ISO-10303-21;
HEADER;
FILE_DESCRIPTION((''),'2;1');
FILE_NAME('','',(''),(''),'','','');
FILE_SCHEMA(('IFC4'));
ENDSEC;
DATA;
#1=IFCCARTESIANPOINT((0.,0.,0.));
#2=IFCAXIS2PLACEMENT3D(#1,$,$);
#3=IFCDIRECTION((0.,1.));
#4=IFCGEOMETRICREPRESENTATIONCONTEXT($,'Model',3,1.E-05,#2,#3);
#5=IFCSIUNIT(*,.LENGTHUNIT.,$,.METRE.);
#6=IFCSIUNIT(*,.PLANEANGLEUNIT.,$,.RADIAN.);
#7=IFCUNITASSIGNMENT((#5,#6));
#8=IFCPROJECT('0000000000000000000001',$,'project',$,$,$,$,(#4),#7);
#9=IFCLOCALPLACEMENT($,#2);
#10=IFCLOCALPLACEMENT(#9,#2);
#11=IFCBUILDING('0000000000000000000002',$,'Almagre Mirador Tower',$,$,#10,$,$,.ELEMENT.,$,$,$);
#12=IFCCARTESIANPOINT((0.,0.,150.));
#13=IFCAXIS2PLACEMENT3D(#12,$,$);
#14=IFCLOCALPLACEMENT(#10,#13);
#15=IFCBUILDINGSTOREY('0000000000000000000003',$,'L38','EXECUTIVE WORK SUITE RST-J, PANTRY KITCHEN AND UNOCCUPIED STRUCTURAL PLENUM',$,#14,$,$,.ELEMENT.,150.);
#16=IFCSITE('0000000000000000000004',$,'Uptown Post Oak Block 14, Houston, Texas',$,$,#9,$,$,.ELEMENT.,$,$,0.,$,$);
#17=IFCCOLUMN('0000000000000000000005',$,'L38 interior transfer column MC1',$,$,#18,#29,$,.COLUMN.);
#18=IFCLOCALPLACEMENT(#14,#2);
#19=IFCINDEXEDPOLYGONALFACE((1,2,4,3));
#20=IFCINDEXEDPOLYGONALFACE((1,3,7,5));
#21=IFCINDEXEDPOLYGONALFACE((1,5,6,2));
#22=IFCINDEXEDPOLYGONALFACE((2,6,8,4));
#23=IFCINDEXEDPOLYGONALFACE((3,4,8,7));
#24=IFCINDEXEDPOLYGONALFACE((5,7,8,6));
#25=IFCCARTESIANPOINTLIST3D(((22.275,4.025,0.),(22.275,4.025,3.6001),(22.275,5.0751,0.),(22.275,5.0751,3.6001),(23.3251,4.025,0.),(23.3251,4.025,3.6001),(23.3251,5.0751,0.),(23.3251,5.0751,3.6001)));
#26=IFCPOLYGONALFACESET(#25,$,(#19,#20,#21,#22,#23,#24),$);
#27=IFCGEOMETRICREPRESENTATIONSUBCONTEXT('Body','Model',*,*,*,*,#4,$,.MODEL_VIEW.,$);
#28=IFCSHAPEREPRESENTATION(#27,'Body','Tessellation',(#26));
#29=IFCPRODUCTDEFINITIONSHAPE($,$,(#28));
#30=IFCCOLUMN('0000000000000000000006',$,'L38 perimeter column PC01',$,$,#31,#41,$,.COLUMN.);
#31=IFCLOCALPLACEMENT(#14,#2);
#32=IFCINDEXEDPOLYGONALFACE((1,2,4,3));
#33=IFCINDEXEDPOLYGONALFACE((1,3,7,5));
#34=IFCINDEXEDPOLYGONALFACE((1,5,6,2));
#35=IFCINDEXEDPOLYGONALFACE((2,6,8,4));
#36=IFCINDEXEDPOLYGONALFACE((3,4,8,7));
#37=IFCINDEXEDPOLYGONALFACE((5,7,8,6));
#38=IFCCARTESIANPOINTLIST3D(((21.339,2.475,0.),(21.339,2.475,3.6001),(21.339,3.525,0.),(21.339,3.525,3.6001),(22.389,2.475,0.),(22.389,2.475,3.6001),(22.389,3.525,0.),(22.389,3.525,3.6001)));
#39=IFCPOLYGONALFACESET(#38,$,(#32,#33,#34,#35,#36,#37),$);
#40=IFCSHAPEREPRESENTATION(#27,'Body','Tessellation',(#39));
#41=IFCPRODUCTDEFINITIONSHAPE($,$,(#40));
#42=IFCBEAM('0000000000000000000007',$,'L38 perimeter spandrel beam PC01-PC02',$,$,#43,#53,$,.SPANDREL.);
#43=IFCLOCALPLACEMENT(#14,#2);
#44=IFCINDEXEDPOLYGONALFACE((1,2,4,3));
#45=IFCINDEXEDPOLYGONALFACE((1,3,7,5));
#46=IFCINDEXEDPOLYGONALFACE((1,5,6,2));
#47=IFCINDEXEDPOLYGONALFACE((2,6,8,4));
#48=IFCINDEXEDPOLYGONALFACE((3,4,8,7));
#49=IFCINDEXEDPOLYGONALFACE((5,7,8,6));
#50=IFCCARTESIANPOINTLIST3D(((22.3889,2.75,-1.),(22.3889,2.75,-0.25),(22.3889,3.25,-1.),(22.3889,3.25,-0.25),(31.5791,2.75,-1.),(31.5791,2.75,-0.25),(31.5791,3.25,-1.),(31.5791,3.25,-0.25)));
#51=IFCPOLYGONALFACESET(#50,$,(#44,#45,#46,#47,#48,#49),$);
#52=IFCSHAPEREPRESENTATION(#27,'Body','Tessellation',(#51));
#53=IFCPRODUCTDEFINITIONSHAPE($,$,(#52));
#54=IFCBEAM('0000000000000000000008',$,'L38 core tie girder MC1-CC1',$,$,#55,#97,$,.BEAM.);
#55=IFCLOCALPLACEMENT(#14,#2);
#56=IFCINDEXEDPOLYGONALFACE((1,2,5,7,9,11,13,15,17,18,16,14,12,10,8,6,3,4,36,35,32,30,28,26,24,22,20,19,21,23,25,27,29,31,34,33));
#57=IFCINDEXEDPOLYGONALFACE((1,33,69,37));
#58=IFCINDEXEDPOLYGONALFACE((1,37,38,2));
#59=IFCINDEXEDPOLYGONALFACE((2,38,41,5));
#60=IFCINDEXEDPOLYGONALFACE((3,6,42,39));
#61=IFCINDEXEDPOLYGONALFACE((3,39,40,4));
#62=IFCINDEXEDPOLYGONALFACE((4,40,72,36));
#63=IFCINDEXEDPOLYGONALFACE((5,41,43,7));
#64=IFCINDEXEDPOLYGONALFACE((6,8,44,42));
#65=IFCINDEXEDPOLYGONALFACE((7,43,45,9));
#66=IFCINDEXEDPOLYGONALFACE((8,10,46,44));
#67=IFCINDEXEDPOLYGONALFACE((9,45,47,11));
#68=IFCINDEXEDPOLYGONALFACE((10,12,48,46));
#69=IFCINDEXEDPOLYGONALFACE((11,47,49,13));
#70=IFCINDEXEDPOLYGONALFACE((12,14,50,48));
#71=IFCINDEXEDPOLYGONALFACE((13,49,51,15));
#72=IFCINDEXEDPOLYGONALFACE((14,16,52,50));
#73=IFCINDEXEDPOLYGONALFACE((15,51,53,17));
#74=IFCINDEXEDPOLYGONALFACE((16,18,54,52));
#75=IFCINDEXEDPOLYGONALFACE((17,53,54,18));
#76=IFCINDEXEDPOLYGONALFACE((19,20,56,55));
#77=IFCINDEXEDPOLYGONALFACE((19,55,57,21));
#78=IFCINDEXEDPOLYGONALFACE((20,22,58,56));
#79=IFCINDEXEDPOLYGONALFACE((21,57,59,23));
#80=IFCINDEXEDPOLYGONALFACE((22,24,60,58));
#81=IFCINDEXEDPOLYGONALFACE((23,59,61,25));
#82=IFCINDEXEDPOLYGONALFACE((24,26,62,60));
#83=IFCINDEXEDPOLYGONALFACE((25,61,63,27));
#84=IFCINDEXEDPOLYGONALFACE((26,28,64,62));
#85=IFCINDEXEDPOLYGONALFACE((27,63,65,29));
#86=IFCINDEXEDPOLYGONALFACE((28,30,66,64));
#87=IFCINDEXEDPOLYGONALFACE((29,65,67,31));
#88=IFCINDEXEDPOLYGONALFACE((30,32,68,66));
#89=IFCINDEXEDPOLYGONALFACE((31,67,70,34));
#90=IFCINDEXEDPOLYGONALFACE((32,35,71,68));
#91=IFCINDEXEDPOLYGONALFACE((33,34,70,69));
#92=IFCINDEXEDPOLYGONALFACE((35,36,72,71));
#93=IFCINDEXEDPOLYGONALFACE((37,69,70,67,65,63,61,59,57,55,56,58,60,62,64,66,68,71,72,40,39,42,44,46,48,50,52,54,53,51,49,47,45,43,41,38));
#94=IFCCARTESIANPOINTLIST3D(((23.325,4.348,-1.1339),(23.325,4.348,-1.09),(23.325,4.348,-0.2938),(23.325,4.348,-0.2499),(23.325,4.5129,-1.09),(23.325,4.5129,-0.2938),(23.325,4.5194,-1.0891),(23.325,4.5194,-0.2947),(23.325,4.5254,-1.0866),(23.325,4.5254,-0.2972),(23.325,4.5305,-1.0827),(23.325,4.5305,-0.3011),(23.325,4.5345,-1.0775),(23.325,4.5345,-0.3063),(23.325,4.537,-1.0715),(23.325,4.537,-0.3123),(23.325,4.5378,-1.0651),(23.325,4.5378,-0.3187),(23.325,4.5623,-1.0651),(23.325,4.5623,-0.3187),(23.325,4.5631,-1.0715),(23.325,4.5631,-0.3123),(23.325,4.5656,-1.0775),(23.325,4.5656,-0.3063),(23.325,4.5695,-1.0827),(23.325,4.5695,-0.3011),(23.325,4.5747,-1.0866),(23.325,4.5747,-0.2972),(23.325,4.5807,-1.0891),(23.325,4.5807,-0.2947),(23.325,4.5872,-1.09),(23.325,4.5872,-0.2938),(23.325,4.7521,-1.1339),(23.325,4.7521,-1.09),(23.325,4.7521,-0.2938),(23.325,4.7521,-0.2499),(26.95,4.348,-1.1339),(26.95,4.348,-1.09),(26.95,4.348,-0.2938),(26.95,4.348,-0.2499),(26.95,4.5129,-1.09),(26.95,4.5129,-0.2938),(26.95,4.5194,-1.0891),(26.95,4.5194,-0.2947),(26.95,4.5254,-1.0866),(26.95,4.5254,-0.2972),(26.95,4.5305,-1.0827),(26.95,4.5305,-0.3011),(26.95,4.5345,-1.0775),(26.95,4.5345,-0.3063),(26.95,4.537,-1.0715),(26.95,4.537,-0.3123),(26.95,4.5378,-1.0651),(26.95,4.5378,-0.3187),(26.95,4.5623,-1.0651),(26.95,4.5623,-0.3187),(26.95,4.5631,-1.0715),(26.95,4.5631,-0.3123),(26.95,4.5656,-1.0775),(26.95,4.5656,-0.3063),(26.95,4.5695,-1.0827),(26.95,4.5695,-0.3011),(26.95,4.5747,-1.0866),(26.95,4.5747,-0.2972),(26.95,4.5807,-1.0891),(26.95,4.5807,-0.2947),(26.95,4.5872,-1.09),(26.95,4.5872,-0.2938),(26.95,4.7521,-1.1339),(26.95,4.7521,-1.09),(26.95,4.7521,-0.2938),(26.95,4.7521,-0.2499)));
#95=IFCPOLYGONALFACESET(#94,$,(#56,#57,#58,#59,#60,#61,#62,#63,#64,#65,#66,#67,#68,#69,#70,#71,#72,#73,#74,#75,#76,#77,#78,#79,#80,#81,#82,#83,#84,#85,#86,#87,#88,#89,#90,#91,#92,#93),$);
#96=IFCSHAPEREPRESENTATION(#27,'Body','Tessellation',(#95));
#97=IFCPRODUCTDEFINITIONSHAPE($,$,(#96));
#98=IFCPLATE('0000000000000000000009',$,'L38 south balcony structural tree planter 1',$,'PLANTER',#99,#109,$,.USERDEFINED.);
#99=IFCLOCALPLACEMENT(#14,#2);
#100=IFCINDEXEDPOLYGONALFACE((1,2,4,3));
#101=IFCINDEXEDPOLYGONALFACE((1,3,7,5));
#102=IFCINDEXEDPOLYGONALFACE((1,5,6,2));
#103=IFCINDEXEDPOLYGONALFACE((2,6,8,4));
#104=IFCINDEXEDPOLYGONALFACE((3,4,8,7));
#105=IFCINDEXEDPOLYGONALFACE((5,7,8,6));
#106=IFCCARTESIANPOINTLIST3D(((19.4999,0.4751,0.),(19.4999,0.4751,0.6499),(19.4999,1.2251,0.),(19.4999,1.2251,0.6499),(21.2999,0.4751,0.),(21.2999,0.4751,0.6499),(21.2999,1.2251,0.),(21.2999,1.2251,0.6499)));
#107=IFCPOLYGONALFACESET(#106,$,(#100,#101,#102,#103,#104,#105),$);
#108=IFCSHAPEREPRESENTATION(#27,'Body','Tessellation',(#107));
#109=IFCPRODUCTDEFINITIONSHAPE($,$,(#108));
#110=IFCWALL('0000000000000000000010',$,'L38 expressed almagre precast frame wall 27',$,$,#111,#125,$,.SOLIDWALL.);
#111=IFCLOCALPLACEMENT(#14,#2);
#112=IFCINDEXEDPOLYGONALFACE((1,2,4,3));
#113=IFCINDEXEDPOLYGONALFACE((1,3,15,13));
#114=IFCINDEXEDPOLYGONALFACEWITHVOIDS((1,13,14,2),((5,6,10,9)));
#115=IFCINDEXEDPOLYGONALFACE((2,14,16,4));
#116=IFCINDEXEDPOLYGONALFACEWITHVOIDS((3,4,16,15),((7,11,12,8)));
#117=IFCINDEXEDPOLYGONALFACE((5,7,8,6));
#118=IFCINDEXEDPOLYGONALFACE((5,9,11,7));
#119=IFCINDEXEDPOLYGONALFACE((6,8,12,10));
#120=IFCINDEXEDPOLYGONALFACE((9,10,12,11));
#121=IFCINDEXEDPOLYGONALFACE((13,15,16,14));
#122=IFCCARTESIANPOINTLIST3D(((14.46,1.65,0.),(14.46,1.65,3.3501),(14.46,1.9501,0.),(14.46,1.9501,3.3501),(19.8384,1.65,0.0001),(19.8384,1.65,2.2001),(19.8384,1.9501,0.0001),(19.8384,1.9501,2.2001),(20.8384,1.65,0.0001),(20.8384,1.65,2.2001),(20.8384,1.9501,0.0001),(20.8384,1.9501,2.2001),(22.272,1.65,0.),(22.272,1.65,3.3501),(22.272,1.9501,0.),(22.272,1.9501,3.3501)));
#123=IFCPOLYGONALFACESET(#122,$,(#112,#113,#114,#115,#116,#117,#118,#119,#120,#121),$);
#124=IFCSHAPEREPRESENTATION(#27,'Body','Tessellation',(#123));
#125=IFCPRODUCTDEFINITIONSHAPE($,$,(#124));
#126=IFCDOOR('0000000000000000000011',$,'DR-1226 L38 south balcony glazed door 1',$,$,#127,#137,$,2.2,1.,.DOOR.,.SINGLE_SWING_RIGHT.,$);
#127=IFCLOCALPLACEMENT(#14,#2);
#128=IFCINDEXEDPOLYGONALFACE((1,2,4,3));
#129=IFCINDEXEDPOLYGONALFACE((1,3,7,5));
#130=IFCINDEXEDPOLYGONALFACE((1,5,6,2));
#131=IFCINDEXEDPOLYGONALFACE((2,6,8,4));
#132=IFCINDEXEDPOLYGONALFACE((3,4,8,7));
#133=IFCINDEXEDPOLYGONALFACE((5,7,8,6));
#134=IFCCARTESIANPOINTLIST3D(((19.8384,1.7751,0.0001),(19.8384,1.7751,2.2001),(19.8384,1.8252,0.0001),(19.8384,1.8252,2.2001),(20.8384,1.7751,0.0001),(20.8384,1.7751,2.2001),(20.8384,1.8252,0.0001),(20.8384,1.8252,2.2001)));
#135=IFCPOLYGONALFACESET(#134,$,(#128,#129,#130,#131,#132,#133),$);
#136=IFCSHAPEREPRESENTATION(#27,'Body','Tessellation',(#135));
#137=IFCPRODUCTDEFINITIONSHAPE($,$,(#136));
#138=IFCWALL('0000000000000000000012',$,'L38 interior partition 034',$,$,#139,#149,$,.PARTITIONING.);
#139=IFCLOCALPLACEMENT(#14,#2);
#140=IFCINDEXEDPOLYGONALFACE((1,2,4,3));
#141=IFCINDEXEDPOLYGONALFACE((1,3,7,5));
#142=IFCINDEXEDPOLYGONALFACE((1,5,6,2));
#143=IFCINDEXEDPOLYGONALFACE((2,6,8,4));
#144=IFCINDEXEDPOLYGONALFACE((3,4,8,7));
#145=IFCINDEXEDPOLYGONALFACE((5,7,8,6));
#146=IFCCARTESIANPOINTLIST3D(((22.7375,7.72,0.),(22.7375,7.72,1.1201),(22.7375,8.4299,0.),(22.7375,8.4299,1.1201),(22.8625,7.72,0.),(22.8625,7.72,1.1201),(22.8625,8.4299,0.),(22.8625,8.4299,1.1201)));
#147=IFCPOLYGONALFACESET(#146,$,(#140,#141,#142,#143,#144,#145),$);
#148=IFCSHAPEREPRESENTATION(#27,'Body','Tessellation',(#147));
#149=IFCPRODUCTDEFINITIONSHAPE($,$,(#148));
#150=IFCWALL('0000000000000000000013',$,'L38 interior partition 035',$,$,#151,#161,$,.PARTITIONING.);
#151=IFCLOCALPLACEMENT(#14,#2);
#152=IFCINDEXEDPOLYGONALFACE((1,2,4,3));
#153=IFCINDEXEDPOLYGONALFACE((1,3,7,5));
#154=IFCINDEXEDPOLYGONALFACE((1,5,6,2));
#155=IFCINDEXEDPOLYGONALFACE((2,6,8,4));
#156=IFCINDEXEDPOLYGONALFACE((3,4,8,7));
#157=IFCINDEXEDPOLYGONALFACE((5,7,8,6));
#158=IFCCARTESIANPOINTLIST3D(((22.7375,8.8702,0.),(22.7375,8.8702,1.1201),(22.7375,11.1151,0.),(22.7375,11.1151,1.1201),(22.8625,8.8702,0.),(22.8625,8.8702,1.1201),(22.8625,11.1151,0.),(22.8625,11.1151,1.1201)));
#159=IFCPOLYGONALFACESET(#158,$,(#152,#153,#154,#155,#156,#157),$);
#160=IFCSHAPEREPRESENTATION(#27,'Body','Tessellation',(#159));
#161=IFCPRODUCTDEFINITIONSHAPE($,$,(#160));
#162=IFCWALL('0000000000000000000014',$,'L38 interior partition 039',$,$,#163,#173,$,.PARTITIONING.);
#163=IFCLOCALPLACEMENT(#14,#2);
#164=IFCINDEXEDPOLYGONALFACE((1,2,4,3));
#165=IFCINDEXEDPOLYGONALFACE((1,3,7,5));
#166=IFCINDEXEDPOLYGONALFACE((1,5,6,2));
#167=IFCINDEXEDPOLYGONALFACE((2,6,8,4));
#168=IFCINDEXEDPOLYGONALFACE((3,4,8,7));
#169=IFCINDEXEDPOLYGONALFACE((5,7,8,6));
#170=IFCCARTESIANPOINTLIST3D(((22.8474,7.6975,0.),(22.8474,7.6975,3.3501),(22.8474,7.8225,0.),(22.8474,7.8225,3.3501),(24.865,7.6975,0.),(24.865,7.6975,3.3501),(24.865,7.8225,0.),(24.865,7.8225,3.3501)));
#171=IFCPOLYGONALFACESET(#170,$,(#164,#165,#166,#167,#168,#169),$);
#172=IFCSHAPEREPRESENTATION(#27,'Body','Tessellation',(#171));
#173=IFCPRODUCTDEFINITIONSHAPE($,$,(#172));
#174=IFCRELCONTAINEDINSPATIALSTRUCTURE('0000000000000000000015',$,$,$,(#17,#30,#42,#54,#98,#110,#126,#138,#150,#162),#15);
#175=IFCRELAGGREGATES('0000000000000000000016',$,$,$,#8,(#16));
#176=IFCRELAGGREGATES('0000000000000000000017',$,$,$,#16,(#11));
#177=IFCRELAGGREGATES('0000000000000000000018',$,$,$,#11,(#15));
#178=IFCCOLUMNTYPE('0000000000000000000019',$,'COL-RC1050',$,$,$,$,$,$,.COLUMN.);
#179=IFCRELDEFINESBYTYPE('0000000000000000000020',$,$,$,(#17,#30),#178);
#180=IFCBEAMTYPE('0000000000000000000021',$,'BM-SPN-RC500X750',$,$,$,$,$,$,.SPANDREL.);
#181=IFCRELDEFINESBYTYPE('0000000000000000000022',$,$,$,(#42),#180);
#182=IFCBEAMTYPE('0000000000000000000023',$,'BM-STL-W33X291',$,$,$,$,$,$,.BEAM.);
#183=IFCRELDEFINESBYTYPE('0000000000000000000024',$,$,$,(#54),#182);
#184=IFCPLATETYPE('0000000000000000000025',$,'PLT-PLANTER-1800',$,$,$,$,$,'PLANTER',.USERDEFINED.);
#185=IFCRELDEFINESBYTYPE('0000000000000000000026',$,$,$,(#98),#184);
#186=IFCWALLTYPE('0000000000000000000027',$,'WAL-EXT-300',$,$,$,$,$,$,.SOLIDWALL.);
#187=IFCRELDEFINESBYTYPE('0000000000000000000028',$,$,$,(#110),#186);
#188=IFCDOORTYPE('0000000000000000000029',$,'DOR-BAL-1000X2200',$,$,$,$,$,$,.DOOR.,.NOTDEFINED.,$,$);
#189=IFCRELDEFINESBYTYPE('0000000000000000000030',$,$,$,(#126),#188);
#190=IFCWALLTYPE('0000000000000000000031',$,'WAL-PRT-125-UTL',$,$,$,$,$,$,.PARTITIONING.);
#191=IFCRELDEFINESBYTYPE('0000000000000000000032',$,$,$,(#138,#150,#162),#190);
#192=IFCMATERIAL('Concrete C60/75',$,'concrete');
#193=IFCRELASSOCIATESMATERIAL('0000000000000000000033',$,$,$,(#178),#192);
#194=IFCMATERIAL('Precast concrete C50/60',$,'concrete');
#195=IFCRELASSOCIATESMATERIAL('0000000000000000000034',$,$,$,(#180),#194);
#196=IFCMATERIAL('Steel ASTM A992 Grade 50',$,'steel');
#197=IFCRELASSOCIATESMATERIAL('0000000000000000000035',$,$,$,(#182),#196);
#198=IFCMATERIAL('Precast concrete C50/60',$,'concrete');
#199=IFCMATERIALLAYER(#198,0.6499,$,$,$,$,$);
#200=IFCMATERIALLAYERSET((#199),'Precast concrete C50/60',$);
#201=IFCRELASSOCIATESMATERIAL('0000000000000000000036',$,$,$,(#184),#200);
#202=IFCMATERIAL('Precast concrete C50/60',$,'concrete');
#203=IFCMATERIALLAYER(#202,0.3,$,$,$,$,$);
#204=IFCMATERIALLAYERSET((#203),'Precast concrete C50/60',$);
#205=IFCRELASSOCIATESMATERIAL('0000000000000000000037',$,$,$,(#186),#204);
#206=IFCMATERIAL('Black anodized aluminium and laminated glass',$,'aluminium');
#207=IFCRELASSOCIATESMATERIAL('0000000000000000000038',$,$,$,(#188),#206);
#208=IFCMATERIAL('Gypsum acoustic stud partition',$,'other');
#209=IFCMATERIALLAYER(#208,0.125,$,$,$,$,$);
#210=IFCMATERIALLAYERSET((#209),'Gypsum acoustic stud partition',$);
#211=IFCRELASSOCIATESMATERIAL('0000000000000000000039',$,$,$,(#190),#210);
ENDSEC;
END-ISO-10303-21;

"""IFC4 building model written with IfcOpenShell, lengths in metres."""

from ifc_helpers import new_model, si_unit, direction, frame, frame_2d, origin, origin_2d, place, context, subcontext, project, spatial, rectangle, i_section, extrude, material, layer, layer_set, material_profile, profile_set, type_object, element, fill, save


model = new_model("IFC4")

# Units and contexts
model_context = context("Model", 3, precision=1e-05, world=origin(), true_north=direction((0.0, 1.0)))
body_context = subcontext(model_context, "Body", "Model", "MODEL_VIEW")
ifc_project = project(units=[si_unit("LENGTHUNIT", "METRE"), si_unit("PLANEANGLEUNIT", "RADIAN")], contexts=[model_context])

# Site, building, storey
site_placement = place(None, origin())
site = spatial("IfcSite", under=ifc_project, at=site_placement, Name="Uptown Post Oak Block 14, Houston, Texas", CompositionType="ELEMENT", RefElevation=0.0)
building_placement = place(site_placement, origin())
building = spatial("IfcBuilding", under=site, at=building_placement, Name="Almagre Mirador Tower", CompositionType="ELEMENT")
storey_placement = place(building_placement, frame((0.0, 0.0, 150.0)))
storey = spatial("IfcBuildingStorey", under=building, at=storey_placement, Name="L38", Description="EXECUTIVE WORK SUITE RST-J, PANTRY KITCHEN AND UNOCCUPIED STRUCTURAL PLENUM", CompositionType="ELEMENT", Elevation=150.0)

# Columns
ifc_material_1 = material(Name="Concrete C60/75", Category="concrete")
ifc_material_profile_1 = material_profile(ifc_material_1, rectangle(XDim=1.05, YDim=1.05, at=origin_2d()), Name="RC1050X1050")
ifc_profile_set_1 = profile_set([ifc_material_profile_1], Name="Concrete C60/75")
column_type = type_object("IfcColumnType", Name="COL-RC1050", PredefinedType="COLUMN", material=ifc_profile_set_1)
for number, where, z_axis, x_axis, name in (
    (1, (22.8, 4.55, 0.0), (0.0, 0.0, 1.0), (1.0, 0.0, 0.0), "L38 interior transfer column MC1"),
    (2, (21.864, 3.0, 0.0), (0.0, 0.0, 1.0), (1.0, 0.0, 0.0), "L38 perimeter column PC01"),
):
    element("IfcColumn", number, at=place(storey_placement, frame(where, z_axis=z_axis, x_axis=x_axis)), inside=storey, type_object=column_type, Name=name, PredefinedType="COLUMN", context=body_context, shape_type="SweptSolid", body=[
        extrude(rectangle(XDim=1.05, YDim=1.05, at=origin_2d()), origin(), (0.0, 0.0, 1.0), 3.6001),
    ])

# Beams
ifc_material_2 = material(Name="Precast concrete C50/60", Category="concrete")
ifc_material_profile_2 = material_profile(ifc_material_2, rectangle(XDim=0.5, YDim=0.75, at=origin_2d()), Name="RC500X750")
ifc_profile_set_2 = profile_set([ifc_material_profile_2], Name="Precast concrete C50/60")
beam_type_1 = type_object("IfcBeamType", Name="BM-SPN-RC500X750", PredefinedType="SPANDREL", material=ifc_profile_set_2)
beam_1_placement = place(storey_placement, frame((22.3889, 3.0, -0.625), z_axis=(1.0, 0.0, 0.0), x_axis=(0.0, 1.0, 0.0)))
element("IfcBeam", 3, at=beam_1_placement, inside=storey, type_object=beam_type_1, Name="L38 perimeter spandrel beam PC01-PC02", PredefinedType="SPANDREL", context=body_context, shape_type="SweptSolid", body=[
    extrude(rectangle(XDim=0.5, YDim=0.75, at=origin_2d()), origin(), (0.0, 0.0, 1.0), 9.1902),
])
ifc_material_3 = material(Name="Steel ASTM A992 Grade 50", Category="steel")
ifc_material_profile_3 = material_profile(ifc_material_3, i_section(OverallWidth=0.4041, OverallDepth=0.884, WebThickness=0.0244, FlangeThickness=0.0439, FilletRadius=0.0249, at=origin_2d()), Name="W33X291")
ifc_profile_set_3 = profile_set([ifc_material_profile_3], Name="Steel ASTM A992 Grade 50")
beam_type_2 = type_object("IfcBeamType", Name="BM-STL-W33X291", PredefinedType="BEAM", material=ifc_profile_set_3)
beam_2_placement = place(storey_placement, frame((23.325, 4.55, -0.6919), z_axis=(1.0, 0.0, 0.0), x_axis=(0.0, 1.0, 0.0)))
element("IfcBeam", 4, at=beam_2_placement, inside=storey, type_object=beam_type_2, Name="L38 core tie girder MC1-CC1", PredefinedType="BEAM", context=body_context, shape_type="SweptSolid", body=[
    extrude(i_section(OverallWidth=0.4041, OverallDepth=0.884, WebThickness=0.0244, FlangeThickness=0.0439, FilletRadius=0.0249, at=origin_2d()), origin(), (0.0, 0.0, 1.0), 3.625),
])

# Plate
ifc_material_4 = material(Name="Precast concrete C50/60", Category="concrete")
ifc_layer_1 = layer(ifc_material_4, 0.6499)
ifc_layer_set_1 = layer_set([ifc_layer_1], Name="Precast concrete C50/60")
plate_type = type_object("IfcPlateType", Name="PLT-PLANTER-1800", ElementType="PLANTER", PredefinedType="USERDEFINED", material=ifc_layer_set_1)
plate_placement = place(storey_placement, frame((20.3999, 0.8501, 0.0), z_axis=(0.0, 0.0, 1.0), x_axis=(1.0, 0.0, 0.0)))
element("IfcPlate", 5, at=plate_placement, inside=storey, type_object=plate_type, Name="L38 south balcony structural tree planter 1", ObjectType="PLANTER", PredefinedType="USERDEFINED", context=body_context, shape_type="SweptSolid", body=[
    extrude(rectangle(XDim=1.8, YDim=0.75, at=origin_2d()), origin(), (0.0, 0.0, 1.0), 0.6499),
])

# Wall, opening, door
ifc_material_5 = material(Name="Precast concrete C50/60", Category="concrete")
ifc_layer_2 = layer(ifc_material_5, 0.3)
ifc_layer_set_2 = layer_set([ifc_layer_2], Name="Precast concrete C50/60")
wall_type_1 = type_object("IfcWallType", Name="WAL-EXT-300", PredefinedType="SOLIDWALL", material=ifc_layer_set_2)
wall_1_placement = place(storey_placement, frame((22.272, 1.8, 0.0), z_axis=(0.0, 0.0, 1.0), x_axis=(-1.0, 0.0, 0.0)))
wall_1 = element("IfcWall", 6, at=wall_1_placement, inside=storey, type_object=wall_type_1, Name="L38 expressed almagre precast frame wall 27", PredefinedType="SOLIDWALL", context=body_context, shape_type="SweptSolid", body=[
    extrude(rectangle(XDim=7.812, YDim=0.3, at=frame_2d((3.906, 0.0))), origin(), (0.0, 0.0, 1.0), 3.3501),
])
opening_1_placement = place(wall_1_placement, frame((1.4336, 0.0, 0.0)))
opening_1 = element("IfcOpeningElement", 7, at=opening_1_placement, cuts=wall_1, PredefinedType="OPENING", context=body_context, shape_type="SweptSolid", body=[
    extrude(rectangle(XDim=1.0, YDim=2.2, at=frame_2d((0.5, 1.1001))), frame((0.0, 0.1599, 0.0), z_axis=(0.0, -1.0, 0.0), x_axis=(1.0, 0.0, 0.0)), (0.0, 0.0, 1.0), 0.32),
])
ifc_material_6 = material(Name="Black anodized aluminium and laminated glass", Category="aluminium")
door_type_1 = type_object("IfcDoorType", Name="DOR-BAL-1000X2200", OperationType="NOTDEFINED", PredefinedType="DOOR", material=ifc_material_6)
door_1_placement = place(opening_1_placement, origin())
door_1 = element("IfcDoor", 8, at=door_1_placement, inside=storey, type_object=door_type_1, Name="DR-1226 L38 south balcony glazed door 1", OperationType="SINGLE_SWING_RIGHT", OverallHeight=2.2, OverallWidth=1.0, PredefinedType="DOOR", context=body_context, shape_type="SweptSolid", body=[
    extrude(rectangle(XDim=1.0, YDim=2.2, at=frame_2d((0.5, 1.1001))), frame((0.0, 0.0249, 0.0), z_axis=(0.0, -1.0, 0.0), x_axis=(1.0, 0.0, 0.0)), (0.0, 0.0, 1.0), 0.05),
])
fill(opening_1, door_1)

# Walls
ifc_material_7 = material(Name="Gypsum acoustic stud partition", Category="other")
ifc_layer_3 = layer(ifc_material_7, 0.125)
ifc_layer_set_3 = layer_set([ifc_layer_3], Name="Gypsum acoustic stud partition")
wall_type_2 = type_object("IfcWallType", Name="WAL-PRT-125-UTL", PredefinedType="PARTITIONING", material=ifc_layer_set_3)
wall_2_placement = place(storey_placement, frame((22.8, 7.72, 0.0), z_axis=(0.0, 0.0, 1.0), x_axis=(0.0, 1.0, 0.0)))
element("IfcWall", 9, at=wall_2_placement, inside=storey, type_object=wall_type_2, Name="L38 interior partition 034", PredefinedType="PARTITIONING", context=body_context, shape_type="SweptSolid", body=[
    extrude(rectangle(XDim=0.71, YDim=0.125, at=frame_2d((0.355, 0.0))), origin(), (0.0, 0.0, 1.0), 1.1201),
])
wall_3_placement = place(storey_placement, frame((22.8, 8.8701, 0.0), z_axis=(0.0, 0.0, 1.0), x_axis=(0.0, 1.0, 0.0)))
element("IfcWall", 10, at=wall_3_placement, inside=storey, type_object=wall_type_2, Name="L38 interior partition 035", PredefinedType="PARTITIONING", context=body_context, shape_type="SweptSolid", body=[
    extrude(rectangle(XDim=2.2449, YDim=0.125, at=frame_2d((1.1226, 0.0))), origin(), (0.0, 0.0, 1.0), 1.1201),
])
wall_4_placement = place(storey_placement, frame((22.8474, 7.76, 0.0), z_axis=(0.0, 0.0, 1.0), x_axis=(1.0, 0.0, 0.0)))
element("IfcWall", 11, at=wall_4_placement, inside=storey, type_object=wall_type_2, Name="L38 interior partition 039", PredefinedType="PARTITIONING", context=body_context, shape_type="SweptSolid", body=[
    extrude(rectangle(XDim=2.0176, YDim=0.125, at=frame_2d((1.0088, 0.0))), origin(), (0.0, 0.0, 1.0), 3.3501),
])

save(model, "model.ifc")
